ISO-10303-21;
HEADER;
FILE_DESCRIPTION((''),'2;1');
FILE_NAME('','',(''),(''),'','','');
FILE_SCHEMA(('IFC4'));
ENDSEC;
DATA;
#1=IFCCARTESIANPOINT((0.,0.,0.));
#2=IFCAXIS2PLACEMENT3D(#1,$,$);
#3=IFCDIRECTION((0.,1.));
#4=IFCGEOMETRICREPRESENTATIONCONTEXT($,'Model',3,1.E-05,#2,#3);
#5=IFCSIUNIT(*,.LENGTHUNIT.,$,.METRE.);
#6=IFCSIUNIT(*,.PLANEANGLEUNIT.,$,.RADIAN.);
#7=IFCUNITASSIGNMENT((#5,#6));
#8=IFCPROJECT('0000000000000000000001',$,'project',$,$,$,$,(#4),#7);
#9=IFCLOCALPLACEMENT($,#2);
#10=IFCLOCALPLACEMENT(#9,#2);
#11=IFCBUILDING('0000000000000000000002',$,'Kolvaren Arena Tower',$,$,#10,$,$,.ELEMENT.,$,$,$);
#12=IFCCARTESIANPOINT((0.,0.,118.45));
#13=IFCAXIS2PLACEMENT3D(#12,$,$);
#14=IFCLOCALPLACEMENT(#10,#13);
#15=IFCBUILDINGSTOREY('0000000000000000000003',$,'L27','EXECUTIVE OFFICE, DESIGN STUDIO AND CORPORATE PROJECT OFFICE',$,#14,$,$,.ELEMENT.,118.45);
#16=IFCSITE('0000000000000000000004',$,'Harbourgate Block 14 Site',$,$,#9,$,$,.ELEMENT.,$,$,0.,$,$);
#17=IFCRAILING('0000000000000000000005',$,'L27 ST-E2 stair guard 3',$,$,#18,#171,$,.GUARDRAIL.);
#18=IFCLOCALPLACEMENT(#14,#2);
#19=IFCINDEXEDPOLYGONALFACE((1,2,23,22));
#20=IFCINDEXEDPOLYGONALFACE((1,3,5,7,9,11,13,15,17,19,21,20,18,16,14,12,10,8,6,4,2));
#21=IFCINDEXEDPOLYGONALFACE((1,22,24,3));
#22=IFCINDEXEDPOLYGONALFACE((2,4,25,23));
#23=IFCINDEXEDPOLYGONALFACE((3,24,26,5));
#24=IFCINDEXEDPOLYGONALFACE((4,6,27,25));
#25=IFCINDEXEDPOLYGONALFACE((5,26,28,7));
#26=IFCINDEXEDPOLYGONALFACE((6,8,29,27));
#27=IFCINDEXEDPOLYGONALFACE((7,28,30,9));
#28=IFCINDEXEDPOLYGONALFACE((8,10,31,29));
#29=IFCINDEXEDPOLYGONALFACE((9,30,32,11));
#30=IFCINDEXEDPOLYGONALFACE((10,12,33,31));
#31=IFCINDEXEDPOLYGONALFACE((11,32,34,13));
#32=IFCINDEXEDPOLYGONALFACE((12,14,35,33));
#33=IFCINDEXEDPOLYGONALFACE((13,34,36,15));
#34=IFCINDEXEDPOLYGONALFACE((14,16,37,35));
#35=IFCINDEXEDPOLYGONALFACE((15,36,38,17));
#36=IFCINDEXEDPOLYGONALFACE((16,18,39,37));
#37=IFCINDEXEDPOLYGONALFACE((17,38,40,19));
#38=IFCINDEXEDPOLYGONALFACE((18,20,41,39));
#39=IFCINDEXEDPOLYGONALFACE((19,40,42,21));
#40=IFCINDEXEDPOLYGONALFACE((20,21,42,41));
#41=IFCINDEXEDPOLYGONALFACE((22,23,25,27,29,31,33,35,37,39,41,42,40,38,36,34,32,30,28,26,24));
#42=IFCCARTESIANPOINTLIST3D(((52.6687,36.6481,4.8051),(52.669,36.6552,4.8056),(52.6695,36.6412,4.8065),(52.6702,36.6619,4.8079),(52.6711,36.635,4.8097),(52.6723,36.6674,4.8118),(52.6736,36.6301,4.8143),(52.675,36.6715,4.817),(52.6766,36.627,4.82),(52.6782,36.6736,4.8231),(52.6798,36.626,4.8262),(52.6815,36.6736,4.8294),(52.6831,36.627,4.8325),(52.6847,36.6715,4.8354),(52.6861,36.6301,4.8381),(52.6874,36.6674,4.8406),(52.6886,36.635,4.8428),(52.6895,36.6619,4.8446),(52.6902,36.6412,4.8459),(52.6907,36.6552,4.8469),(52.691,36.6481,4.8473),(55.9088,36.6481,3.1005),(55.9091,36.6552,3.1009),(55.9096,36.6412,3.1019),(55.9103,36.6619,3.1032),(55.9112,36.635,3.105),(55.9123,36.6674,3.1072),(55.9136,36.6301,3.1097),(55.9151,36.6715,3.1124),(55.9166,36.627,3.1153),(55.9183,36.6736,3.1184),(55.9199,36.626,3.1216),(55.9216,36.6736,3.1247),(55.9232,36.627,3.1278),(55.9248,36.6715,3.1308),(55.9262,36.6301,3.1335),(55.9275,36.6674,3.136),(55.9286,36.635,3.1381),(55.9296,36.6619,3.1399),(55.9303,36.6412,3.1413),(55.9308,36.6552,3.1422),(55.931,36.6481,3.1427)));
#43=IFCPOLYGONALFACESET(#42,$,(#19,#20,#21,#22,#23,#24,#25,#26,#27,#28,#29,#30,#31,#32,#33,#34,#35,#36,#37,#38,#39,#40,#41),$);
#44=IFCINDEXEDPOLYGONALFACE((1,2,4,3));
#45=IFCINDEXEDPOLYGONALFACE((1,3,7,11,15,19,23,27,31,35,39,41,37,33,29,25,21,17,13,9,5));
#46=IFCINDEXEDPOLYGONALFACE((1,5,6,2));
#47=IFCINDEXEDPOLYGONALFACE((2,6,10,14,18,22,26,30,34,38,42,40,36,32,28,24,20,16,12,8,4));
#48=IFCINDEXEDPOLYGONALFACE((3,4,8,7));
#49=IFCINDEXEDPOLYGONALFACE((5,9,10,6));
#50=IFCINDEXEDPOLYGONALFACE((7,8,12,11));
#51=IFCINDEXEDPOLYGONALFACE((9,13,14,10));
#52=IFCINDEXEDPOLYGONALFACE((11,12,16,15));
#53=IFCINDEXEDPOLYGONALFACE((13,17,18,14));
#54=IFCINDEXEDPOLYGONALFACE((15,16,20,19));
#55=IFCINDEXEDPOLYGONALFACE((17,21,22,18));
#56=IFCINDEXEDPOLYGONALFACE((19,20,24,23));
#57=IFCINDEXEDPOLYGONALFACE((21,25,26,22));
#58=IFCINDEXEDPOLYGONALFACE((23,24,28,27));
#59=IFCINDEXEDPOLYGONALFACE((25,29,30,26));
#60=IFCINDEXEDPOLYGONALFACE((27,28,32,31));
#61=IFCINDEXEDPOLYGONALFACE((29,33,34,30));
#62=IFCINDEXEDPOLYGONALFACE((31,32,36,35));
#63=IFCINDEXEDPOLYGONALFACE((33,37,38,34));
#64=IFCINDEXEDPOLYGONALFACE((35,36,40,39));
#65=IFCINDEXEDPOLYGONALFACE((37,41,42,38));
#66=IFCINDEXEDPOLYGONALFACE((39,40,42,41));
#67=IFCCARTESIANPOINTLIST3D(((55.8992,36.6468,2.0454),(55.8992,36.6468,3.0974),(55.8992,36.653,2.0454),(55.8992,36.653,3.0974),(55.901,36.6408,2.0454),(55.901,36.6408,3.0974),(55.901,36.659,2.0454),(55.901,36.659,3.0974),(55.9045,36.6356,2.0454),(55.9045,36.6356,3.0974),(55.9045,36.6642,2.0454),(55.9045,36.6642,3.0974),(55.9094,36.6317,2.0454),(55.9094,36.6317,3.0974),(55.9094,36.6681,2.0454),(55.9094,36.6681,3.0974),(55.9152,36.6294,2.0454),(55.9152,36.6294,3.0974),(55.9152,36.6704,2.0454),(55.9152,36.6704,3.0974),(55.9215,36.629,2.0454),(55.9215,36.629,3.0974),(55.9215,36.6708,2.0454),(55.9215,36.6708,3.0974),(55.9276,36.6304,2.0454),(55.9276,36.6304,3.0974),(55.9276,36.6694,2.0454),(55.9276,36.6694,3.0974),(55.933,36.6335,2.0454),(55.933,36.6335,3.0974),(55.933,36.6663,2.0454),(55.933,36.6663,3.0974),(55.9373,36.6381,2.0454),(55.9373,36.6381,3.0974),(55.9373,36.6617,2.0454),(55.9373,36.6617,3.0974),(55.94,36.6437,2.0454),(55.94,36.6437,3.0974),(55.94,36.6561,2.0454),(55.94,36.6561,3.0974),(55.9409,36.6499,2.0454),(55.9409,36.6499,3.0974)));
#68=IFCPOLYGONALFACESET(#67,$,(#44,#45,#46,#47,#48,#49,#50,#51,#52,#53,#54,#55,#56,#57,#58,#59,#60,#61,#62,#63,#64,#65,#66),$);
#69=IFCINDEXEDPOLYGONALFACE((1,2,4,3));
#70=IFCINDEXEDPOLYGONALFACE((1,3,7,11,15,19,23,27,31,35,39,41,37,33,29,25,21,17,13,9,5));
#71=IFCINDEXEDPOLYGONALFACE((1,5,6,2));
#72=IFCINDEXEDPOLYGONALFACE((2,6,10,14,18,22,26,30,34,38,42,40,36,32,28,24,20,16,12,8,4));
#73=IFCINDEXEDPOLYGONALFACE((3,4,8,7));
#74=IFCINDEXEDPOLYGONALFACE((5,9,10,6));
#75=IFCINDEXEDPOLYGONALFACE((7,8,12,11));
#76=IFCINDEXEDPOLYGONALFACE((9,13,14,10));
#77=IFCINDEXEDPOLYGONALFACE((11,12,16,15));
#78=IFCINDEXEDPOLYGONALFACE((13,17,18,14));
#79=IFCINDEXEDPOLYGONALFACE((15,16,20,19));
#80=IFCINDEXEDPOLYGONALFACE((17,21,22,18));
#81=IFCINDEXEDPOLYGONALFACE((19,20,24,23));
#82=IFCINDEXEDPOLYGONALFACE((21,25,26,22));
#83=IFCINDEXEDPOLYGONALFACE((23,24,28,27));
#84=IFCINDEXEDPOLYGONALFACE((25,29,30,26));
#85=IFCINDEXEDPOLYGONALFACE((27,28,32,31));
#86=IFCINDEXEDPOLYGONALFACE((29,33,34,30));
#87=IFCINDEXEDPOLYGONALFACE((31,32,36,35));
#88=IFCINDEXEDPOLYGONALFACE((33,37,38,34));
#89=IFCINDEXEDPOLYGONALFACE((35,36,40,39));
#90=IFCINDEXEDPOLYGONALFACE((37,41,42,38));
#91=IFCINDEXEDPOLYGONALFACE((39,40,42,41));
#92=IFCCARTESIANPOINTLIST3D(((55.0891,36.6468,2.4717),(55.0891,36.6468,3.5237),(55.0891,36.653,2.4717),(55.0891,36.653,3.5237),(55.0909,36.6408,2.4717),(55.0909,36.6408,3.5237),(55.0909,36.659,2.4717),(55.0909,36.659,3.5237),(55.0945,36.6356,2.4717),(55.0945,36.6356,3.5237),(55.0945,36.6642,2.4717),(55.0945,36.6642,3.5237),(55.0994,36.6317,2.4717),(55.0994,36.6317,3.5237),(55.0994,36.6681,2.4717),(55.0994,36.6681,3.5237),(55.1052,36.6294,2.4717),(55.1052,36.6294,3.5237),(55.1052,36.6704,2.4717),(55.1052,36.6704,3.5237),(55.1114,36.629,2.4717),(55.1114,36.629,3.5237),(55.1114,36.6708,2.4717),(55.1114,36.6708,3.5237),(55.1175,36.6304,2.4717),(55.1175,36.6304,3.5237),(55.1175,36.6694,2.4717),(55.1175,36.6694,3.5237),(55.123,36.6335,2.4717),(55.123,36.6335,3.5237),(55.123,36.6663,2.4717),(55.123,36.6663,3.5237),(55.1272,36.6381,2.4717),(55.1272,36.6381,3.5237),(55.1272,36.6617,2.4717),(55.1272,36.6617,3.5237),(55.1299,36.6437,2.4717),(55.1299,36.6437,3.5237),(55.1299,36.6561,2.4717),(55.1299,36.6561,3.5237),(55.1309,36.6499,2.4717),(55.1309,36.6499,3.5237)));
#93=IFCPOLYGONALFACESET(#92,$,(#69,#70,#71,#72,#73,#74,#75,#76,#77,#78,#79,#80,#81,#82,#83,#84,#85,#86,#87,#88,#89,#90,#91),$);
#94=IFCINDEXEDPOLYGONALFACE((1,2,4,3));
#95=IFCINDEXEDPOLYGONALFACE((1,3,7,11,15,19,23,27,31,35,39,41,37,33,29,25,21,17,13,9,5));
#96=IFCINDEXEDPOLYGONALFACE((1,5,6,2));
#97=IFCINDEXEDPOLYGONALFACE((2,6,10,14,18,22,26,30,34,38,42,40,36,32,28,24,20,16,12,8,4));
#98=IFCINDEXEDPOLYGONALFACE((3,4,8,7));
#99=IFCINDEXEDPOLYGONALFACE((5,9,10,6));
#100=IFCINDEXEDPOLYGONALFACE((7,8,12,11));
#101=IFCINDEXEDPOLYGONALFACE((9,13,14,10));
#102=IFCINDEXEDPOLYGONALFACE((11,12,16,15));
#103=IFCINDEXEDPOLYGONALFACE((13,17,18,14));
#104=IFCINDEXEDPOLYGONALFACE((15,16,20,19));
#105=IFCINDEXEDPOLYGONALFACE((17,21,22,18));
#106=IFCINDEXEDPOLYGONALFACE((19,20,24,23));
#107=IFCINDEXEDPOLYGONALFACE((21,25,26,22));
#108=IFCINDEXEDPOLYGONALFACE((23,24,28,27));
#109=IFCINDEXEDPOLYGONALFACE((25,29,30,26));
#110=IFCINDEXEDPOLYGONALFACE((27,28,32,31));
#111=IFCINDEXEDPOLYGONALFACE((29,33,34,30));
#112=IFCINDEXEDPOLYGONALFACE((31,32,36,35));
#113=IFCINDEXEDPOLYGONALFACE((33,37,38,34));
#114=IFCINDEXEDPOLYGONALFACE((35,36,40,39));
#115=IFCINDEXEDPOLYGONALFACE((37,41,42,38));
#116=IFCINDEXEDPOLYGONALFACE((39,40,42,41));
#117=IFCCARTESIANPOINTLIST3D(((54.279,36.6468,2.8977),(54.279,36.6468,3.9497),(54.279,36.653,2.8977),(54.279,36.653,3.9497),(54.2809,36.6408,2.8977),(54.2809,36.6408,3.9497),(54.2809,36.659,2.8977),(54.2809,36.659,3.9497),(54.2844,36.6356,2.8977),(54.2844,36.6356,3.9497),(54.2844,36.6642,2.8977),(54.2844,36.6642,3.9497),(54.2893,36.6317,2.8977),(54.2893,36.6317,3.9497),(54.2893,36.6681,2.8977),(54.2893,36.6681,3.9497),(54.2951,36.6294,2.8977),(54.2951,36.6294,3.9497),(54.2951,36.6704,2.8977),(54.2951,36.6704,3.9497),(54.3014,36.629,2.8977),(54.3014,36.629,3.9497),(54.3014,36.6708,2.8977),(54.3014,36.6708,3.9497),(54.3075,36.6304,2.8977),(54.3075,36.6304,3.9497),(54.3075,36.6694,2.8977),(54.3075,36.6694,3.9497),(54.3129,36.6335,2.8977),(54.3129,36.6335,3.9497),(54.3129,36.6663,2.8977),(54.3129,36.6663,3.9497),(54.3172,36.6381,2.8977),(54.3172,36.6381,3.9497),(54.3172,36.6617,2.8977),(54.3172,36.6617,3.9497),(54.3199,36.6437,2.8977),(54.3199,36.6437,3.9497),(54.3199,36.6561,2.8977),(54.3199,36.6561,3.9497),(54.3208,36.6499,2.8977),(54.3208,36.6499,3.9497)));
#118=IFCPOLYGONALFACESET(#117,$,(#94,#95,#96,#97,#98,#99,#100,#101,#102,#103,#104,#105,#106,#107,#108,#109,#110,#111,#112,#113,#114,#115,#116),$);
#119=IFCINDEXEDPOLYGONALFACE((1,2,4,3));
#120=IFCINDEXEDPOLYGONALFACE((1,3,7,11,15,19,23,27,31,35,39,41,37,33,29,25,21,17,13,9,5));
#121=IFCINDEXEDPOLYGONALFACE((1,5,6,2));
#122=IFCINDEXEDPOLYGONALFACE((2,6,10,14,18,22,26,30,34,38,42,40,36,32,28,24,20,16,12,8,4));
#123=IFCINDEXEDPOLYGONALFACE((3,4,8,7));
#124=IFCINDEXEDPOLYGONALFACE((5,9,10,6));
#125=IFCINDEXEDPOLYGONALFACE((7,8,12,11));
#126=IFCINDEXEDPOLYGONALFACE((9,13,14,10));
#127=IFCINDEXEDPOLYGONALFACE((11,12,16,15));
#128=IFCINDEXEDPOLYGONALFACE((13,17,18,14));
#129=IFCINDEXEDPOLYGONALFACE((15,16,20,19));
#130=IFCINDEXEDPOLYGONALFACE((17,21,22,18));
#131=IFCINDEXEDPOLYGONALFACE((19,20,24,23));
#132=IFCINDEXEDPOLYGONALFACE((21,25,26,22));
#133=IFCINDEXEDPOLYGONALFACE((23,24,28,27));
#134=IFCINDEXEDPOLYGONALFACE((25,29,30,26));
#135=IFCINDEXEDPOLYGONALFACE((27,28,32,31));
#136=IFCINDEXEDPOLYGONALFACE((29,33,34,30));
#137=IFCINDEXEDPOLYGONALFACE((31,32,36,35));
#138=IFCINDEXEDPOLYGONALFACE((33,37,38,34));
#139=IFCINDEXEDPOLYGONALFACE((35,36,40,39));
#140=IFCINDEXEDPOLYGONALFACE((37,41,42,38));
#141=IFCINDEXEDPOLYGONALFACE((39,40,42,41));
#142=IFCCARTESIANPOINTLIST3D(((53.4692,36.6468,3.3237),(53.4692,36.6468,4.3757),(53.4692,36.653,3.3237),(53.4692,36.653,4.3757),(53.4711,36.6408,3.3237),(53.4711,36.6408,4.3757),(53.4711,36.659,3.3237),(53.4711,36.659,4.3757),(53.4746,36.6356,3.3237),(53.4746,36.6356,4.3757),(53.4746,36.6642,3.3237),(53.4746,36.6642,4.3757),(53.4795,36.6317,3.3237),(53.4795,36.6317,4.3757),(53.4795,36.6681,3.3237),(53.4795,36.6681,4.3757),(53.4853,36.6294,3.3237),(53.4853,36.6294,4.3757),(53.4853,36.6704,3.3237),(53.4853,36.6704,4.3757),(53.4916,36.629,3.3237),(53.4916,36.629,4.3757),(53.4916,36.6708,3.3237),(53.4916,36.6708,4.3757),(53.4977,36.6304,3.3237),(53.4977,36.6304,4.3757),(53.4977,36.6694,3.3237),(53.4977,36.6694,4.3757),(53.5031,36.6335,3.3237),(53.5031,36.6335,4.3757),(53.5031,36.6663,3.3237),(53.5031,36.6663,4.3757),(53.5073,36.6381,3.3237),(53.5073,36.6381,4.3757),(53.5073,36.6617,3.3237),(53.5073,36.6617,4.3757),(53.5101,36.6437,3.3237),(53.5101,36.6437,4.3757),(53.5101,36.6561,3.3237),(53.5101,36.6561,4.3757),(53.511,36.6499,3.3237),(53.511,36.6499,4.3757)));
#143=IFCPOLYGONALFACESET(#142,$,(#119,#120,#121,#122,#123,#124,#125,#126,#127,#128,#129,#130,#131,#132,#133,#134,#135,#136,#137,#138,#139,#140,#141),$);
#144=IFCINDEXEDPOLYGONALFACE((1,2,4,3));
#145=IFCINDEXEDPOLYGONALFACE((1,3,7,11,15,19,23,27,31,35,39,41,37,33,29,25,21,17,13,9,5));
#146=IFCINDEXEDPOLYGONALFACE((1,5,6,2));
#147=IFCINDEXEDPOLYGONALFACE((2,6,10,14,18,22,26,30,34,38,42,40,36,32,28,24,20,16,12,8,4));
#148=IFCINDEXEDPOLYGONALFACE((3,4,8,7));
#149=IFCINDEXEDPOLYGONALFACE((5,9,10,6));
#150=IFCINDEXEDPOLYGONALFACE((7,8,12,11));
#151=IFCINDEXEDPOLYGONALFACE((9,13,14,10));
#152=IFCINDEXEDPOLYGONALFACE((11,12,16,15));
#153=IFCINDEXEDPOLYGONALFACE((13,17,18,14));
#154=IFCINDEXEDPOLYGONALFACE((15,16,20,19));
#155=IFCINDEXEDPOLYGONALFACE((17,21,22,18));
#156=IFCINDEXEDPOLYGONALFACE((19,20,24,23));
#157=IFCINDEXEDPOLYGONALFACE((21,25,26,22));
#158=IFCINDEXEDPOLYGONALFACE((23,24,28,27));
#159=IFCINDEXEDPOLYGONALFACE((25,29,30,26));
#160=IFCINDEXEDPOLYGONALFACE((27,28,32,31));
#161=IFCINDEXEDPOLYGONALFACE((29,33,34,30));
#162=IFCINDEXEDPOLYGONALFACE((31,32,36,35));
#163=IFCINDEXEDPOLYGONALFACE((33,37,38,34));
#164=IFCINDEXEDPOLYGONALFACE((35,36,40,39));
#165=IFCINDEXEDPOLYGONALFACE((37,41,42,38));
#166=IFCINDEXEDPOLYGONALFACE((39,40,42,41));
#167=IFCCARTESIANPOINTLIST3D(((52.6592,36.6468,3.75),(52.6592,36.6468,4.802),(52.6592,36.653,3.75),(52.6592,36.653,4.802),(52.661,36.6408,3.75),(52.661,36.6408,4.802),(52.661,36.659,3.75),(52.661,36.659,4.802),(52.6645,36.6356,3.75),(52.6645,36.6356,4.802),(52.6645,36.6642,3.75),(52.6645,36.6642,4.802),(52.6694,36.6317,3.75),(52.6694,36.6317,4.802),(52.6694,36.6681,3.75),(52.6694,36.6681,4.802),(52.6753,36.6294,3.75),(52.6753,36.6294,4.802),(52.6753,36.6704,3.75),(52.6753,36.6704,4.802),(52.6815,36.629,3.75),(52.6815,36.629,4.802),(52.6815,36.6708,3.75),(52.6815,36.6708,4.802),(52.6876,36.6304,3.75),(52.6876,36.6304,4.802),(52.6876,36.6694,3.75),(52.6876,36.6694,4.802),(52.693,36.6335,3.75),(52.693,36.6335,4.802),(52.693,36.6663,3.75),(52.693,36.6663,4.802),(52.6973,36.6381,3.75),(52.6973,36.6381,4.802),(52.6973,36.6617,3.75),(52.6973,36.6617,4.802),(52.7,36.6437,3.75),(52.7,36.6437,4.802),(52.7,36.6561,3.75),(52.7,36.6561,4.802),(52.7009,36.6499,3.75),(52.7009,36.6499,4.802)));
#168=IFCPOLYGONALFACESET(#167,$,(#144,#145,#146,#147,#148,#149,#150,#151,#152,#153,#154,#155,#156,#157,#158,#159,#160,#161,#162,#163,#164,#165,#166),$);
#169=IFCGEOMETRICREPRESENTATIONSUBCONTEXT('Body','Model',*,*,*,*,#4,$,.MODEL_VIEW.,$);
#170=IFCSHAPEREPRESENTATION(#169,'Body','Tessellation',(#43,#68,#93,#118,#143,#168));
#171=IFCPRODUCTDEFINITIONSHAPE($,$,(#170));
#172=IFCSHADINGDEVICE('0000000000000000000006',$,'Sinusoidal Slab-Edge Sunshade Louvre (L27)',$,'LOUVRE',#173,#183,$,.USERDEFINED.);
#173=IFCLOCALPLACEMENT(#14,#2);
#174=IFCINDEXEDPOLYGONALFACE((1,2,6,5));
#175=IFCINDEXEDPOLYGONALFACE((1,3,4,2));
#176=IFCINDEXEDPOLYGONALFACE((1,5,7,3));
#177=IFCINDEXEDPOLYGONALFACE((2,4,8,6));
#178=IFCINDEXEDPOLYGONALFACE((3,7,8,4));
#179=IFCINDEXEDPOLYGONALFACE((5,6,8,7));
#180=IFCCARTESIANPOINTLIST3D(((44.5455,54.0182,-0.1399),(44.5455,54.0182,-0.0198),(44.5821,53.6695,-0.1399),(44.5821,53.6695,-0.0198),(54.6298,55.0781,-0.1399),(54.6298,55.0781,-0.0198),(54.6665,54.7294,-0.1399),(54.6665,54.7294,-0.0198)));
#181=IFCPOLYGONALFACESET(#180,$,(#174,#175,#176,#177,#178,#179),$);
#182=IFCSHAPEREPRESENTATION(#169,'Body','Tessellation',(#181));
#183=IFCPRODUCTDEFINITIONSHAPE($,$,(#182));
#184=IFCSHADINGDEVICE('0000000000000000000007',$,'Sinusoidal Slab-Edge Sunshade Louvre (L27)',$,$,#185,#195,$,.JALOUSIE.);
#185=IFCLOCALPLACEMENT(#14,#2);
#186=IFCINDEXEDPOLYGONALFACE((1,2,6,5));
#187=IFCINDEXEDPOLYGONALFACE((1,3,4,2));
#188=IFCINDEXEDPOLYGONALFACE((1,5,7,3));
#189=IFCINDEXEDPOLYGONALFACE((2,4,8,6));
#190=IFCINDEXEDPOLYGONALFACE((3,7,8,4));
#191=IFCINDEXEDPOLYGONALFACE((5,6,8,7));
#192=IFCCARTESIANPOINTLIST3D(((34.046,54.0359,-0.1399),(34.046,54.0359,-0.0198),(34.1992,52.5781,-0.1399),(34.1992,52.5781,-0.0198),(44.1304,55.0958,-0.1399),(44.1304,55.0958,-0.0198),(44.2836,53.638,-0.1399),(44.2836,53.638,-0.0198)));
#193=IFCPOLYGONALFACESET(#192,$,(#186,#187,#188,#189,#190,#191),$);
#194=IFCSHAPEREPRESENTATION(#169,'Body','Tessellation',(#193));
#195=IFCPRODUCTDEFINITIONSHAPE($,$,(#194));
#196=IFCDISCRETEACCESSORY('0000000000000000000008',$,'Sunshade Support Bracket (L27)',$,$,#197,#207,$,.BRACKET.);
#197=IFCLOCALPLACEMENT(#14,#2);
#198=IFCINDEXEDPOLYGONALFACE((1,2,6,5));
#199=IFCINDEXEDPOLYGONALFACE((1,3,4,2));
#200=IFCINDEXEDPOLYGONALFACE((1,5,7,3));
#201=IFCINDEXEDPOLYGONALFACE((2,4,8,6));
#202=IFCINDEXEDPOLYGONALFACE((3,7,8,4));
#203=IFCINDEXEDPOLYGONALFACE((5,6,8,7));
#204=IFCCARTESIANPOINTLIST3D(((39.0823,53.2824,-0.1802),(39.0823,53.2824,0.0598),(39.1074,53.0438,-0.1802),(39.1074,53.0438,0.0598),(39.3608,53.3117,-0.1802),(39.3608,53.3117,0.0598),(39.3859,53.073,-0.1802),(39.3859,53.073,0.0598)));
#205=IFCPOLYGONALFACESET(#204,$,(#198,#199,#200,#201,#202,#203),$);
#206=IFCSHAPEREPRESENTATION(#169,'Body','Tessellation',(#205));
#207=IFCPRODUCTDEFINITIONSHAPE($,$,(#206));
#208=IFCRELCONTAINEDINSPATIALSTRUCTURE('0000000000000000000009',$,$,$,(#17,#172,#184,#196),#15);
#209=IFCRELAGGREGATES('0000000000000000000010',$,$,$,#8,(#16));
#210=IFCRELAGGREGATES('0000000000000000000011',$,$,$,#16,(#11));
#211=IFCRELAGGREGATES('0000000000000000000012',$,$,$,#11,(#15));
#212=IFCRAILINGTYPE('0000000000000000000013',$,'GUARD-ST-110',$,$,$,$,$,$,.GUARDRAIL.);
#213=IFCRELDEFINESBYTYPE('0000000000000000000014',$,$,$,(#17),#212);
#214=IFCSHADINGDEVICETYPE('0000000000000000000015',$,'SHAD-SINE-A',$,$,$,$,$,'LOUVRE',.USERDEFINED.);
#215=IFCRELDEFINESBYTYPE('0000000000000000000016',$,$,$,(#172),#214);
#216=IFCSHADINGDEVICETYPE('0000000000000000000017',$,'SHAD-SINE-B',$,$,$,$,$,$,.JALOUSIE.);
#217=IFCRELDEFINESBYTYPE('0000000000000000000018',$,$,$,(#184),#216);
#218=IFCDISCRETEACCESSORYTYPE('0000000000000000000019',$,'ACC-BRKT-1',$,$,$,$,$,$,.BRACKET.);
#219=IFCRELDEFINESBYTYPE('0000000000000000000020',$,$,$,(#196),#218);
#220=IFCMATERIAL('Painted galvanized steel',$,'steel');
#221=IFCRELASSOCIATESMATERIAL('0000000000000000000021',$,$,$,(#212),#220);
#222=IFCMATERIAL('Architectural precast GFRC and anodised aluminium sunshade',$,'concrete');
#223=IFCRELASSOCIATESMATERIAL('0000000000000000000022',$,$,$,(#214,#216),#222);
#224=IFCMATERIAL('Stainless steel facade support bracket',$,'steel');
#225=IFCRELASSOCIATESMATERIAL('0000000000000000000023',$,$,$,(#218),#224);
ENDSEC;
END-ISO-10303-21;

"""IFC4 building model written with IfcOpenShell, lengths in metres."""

from ifc_helpers import new_model, si_unit, direction, frame, origin, origin_2d, place, context, subcontext, project, spatial, rectangle, circle, extrude, material, type_object, element, save


model = new_model("IFC4")

# Units and contexts
model_context = context("Model", 3, precision=1e-05, world=origin(), true_north=direction((0.0, 1.0)))
body_context = subcontext(model_context, "Body", "Model", "MODEL_VIEW")
ifc_project = project(units=[si_unit("LENGTHUNIT", "METRE"), si_unit("PLANEANGLEUNIT", "RADIAN")], contexts=[model_context])

# Site, building, storey
site_placement = place(None, origin())
site = spatial("IfcSite", under=ifc_project, at=site_placement, Name="Harbourgate Block 14 Site", CompositionType="ELEMENT", RefElevation=0.0)
building_placement = place(site_placement, origin())
building = spatial("IfcBuilding", under=site, at=building_placement, Name="Kolvaren Arena Tower", CompositionType="ELEMENT")
storey_placement = place(building_placement, frame((0.0, 0.0, 118.45)))
storey = spatial("IfcBuildingStorey", under=building, at=storey_placement, Name="L27", Description="EXECUTIVE OFFICE, DESIGN STUDIO AND CORPORATE PROJECT OFFICE", CompositionType="ELEMENT", Elevation=118.45)

# Railing
ifc_material_1 = material(Name="Painted galvanized steel", Category="steel")
railing_type = type_object("IfcRailingType", Name="GUARD-ST-110", PredefinedType="GUARDRAIL", material=ifc_material_1)
railing_placement = place(storey_placement, frame((55.9199, 36.6499, 2.0454)))
element("IfcRailing", 1, at=railing_placement, inside=storey, type_object=railing_type, Name="L27 ST-E2 stair guard 3", PredefinedType="GUARDRAIL", context=body_context, shape_type="SweptSolid", body=[
    extrude(circle(Radius=0.0239, at=origin_2d()), frame((0.0, 0.0, 1.0762), z_axis=(-0.884993, 0.0, 0.465604), x_axis=(0.0, -1.0, 0.0)), (0.0, 0.0, 1.0), 3.6611),
    extrude(circle(Radius=0.021, at=origin_2d()), origin(), (0.0, 0.0, 1.0), 1.052),
    extrude(circle(Radius=0.021, at=origin_2d()), frame((-0.8101, 0.0, 0.4263)), (0.0, 0.0, 1.0), 1.052),
    extrude(circle(Radius=0.021, at=origin_2d()), frame((-1.6201, 0.0, 0.8523)), (0.0, 0.0, 1.0), 1.052),
    extrude(circle(Radius=0.021, at=origin_2d()), frame((-2.4299, 0.0, 1.2783)), (0.0, 0.0, 1.0), 1.052),
    extrude(circle(Radius=0.021, at=origin_2d()), frame((-3.24, 0.0, 1.7046)), (0.0, 0.0, 1.0), 1.052),
])

# Shading devices
ifc_material_2 = material(Name="Architectural precast GFRC and anodised aluminium sunshade", Category="concrete")
shading_device_type_1 = type_object("IfcShadingDeviceType", Name="SHAD-SINE-A", ElementType="LOUVRE", PredefinedType="USERDEFINED", material=ifc_material_2)
shading_device_1_placement = place(storey_placement, frame((49.606, 54.3738, -0.1399), z_axis=(0.0, 0.0, 1.0), x_axis=(0.994522, 0.104527, 0.0)))
element("IfcShadingDevice", 2, at=shading_device_1_placement, inside=storey, type_object=shading_device_type_1, Name="Sinusoidal Slab-Edge Sunshade Louvre (L27)", ObjectType="LOUVRE", PredefinedType="USERDEFINED", context=body_context, shape_type="SweptSolid", body=[
    extrude(rectangle(XDim=10.1399, YDim=0.3506, at=origin_2d()), origin(), (0.0, 0.0, 1.0), 0.1201),
])
shading_device_type_2 = type_object("IfcShadingDeviceType", Name="SHAD-SINE-B", PredefinedType="JALOUSIE", material=ifc_material_2)
shading_device_2_placement = place(storey_placement, frame((39.1648, 53.8369, -0.1399), z_axis=(0.0, 0.0, 1.0), x_axis=(0.994522, 0.104527, 0.0)))
element("IfcShadingDevice", 3, at=shading_device_2_placement, inside=storey, type_object=shading_device_type_2, Name="Sinusoidal Slab-Edge Sunshade Louvre (L27)", PredefinedType="JALOUSIE", context=body_context, shape_type="SweptSolid", body=[
    extrude(rectangle(XDim=10.1399, YDim=1.4658, at=origin_2d()), origin(), (0.0, 0.0, 1.0), 0.1201),
])

# Discrete accessory
ifc_material_3 = material(Name="Stainless steel facade support bracket", Category="steel")
discrete_accessory_type = type_object("IfcDiscreteAccessoryType", Name="ACC-BRKT-1", PredefinedType="BRACKET", material=ifc_material_3)
for number, where, z_axis, x_axis, name in (
    (4, (39.2341, 53.1777, -0.1802), (0.0, 0.0, 1.0), (0.994522, 0.104527, 0.0), "Sunshade Support Bracket (L27)"),
):
    element("IfcDiscreteAccessory", number, at=place(storey_placement, frame(where, z_axis=z_axis, x_axis=x_axis)), inside=storey, type_object=discrete_accessory_type, Name=name, PredefinedType="BRACKET", context=body_context, shape_type="SweptSolid", body=[
        extrude(rectangle(XDim=0.28, YDim=0.24, at=origin_2d()), origin(), (0.0, 0.0, 1.0), 0.24),
    ])

save(model, "model.ifc")
